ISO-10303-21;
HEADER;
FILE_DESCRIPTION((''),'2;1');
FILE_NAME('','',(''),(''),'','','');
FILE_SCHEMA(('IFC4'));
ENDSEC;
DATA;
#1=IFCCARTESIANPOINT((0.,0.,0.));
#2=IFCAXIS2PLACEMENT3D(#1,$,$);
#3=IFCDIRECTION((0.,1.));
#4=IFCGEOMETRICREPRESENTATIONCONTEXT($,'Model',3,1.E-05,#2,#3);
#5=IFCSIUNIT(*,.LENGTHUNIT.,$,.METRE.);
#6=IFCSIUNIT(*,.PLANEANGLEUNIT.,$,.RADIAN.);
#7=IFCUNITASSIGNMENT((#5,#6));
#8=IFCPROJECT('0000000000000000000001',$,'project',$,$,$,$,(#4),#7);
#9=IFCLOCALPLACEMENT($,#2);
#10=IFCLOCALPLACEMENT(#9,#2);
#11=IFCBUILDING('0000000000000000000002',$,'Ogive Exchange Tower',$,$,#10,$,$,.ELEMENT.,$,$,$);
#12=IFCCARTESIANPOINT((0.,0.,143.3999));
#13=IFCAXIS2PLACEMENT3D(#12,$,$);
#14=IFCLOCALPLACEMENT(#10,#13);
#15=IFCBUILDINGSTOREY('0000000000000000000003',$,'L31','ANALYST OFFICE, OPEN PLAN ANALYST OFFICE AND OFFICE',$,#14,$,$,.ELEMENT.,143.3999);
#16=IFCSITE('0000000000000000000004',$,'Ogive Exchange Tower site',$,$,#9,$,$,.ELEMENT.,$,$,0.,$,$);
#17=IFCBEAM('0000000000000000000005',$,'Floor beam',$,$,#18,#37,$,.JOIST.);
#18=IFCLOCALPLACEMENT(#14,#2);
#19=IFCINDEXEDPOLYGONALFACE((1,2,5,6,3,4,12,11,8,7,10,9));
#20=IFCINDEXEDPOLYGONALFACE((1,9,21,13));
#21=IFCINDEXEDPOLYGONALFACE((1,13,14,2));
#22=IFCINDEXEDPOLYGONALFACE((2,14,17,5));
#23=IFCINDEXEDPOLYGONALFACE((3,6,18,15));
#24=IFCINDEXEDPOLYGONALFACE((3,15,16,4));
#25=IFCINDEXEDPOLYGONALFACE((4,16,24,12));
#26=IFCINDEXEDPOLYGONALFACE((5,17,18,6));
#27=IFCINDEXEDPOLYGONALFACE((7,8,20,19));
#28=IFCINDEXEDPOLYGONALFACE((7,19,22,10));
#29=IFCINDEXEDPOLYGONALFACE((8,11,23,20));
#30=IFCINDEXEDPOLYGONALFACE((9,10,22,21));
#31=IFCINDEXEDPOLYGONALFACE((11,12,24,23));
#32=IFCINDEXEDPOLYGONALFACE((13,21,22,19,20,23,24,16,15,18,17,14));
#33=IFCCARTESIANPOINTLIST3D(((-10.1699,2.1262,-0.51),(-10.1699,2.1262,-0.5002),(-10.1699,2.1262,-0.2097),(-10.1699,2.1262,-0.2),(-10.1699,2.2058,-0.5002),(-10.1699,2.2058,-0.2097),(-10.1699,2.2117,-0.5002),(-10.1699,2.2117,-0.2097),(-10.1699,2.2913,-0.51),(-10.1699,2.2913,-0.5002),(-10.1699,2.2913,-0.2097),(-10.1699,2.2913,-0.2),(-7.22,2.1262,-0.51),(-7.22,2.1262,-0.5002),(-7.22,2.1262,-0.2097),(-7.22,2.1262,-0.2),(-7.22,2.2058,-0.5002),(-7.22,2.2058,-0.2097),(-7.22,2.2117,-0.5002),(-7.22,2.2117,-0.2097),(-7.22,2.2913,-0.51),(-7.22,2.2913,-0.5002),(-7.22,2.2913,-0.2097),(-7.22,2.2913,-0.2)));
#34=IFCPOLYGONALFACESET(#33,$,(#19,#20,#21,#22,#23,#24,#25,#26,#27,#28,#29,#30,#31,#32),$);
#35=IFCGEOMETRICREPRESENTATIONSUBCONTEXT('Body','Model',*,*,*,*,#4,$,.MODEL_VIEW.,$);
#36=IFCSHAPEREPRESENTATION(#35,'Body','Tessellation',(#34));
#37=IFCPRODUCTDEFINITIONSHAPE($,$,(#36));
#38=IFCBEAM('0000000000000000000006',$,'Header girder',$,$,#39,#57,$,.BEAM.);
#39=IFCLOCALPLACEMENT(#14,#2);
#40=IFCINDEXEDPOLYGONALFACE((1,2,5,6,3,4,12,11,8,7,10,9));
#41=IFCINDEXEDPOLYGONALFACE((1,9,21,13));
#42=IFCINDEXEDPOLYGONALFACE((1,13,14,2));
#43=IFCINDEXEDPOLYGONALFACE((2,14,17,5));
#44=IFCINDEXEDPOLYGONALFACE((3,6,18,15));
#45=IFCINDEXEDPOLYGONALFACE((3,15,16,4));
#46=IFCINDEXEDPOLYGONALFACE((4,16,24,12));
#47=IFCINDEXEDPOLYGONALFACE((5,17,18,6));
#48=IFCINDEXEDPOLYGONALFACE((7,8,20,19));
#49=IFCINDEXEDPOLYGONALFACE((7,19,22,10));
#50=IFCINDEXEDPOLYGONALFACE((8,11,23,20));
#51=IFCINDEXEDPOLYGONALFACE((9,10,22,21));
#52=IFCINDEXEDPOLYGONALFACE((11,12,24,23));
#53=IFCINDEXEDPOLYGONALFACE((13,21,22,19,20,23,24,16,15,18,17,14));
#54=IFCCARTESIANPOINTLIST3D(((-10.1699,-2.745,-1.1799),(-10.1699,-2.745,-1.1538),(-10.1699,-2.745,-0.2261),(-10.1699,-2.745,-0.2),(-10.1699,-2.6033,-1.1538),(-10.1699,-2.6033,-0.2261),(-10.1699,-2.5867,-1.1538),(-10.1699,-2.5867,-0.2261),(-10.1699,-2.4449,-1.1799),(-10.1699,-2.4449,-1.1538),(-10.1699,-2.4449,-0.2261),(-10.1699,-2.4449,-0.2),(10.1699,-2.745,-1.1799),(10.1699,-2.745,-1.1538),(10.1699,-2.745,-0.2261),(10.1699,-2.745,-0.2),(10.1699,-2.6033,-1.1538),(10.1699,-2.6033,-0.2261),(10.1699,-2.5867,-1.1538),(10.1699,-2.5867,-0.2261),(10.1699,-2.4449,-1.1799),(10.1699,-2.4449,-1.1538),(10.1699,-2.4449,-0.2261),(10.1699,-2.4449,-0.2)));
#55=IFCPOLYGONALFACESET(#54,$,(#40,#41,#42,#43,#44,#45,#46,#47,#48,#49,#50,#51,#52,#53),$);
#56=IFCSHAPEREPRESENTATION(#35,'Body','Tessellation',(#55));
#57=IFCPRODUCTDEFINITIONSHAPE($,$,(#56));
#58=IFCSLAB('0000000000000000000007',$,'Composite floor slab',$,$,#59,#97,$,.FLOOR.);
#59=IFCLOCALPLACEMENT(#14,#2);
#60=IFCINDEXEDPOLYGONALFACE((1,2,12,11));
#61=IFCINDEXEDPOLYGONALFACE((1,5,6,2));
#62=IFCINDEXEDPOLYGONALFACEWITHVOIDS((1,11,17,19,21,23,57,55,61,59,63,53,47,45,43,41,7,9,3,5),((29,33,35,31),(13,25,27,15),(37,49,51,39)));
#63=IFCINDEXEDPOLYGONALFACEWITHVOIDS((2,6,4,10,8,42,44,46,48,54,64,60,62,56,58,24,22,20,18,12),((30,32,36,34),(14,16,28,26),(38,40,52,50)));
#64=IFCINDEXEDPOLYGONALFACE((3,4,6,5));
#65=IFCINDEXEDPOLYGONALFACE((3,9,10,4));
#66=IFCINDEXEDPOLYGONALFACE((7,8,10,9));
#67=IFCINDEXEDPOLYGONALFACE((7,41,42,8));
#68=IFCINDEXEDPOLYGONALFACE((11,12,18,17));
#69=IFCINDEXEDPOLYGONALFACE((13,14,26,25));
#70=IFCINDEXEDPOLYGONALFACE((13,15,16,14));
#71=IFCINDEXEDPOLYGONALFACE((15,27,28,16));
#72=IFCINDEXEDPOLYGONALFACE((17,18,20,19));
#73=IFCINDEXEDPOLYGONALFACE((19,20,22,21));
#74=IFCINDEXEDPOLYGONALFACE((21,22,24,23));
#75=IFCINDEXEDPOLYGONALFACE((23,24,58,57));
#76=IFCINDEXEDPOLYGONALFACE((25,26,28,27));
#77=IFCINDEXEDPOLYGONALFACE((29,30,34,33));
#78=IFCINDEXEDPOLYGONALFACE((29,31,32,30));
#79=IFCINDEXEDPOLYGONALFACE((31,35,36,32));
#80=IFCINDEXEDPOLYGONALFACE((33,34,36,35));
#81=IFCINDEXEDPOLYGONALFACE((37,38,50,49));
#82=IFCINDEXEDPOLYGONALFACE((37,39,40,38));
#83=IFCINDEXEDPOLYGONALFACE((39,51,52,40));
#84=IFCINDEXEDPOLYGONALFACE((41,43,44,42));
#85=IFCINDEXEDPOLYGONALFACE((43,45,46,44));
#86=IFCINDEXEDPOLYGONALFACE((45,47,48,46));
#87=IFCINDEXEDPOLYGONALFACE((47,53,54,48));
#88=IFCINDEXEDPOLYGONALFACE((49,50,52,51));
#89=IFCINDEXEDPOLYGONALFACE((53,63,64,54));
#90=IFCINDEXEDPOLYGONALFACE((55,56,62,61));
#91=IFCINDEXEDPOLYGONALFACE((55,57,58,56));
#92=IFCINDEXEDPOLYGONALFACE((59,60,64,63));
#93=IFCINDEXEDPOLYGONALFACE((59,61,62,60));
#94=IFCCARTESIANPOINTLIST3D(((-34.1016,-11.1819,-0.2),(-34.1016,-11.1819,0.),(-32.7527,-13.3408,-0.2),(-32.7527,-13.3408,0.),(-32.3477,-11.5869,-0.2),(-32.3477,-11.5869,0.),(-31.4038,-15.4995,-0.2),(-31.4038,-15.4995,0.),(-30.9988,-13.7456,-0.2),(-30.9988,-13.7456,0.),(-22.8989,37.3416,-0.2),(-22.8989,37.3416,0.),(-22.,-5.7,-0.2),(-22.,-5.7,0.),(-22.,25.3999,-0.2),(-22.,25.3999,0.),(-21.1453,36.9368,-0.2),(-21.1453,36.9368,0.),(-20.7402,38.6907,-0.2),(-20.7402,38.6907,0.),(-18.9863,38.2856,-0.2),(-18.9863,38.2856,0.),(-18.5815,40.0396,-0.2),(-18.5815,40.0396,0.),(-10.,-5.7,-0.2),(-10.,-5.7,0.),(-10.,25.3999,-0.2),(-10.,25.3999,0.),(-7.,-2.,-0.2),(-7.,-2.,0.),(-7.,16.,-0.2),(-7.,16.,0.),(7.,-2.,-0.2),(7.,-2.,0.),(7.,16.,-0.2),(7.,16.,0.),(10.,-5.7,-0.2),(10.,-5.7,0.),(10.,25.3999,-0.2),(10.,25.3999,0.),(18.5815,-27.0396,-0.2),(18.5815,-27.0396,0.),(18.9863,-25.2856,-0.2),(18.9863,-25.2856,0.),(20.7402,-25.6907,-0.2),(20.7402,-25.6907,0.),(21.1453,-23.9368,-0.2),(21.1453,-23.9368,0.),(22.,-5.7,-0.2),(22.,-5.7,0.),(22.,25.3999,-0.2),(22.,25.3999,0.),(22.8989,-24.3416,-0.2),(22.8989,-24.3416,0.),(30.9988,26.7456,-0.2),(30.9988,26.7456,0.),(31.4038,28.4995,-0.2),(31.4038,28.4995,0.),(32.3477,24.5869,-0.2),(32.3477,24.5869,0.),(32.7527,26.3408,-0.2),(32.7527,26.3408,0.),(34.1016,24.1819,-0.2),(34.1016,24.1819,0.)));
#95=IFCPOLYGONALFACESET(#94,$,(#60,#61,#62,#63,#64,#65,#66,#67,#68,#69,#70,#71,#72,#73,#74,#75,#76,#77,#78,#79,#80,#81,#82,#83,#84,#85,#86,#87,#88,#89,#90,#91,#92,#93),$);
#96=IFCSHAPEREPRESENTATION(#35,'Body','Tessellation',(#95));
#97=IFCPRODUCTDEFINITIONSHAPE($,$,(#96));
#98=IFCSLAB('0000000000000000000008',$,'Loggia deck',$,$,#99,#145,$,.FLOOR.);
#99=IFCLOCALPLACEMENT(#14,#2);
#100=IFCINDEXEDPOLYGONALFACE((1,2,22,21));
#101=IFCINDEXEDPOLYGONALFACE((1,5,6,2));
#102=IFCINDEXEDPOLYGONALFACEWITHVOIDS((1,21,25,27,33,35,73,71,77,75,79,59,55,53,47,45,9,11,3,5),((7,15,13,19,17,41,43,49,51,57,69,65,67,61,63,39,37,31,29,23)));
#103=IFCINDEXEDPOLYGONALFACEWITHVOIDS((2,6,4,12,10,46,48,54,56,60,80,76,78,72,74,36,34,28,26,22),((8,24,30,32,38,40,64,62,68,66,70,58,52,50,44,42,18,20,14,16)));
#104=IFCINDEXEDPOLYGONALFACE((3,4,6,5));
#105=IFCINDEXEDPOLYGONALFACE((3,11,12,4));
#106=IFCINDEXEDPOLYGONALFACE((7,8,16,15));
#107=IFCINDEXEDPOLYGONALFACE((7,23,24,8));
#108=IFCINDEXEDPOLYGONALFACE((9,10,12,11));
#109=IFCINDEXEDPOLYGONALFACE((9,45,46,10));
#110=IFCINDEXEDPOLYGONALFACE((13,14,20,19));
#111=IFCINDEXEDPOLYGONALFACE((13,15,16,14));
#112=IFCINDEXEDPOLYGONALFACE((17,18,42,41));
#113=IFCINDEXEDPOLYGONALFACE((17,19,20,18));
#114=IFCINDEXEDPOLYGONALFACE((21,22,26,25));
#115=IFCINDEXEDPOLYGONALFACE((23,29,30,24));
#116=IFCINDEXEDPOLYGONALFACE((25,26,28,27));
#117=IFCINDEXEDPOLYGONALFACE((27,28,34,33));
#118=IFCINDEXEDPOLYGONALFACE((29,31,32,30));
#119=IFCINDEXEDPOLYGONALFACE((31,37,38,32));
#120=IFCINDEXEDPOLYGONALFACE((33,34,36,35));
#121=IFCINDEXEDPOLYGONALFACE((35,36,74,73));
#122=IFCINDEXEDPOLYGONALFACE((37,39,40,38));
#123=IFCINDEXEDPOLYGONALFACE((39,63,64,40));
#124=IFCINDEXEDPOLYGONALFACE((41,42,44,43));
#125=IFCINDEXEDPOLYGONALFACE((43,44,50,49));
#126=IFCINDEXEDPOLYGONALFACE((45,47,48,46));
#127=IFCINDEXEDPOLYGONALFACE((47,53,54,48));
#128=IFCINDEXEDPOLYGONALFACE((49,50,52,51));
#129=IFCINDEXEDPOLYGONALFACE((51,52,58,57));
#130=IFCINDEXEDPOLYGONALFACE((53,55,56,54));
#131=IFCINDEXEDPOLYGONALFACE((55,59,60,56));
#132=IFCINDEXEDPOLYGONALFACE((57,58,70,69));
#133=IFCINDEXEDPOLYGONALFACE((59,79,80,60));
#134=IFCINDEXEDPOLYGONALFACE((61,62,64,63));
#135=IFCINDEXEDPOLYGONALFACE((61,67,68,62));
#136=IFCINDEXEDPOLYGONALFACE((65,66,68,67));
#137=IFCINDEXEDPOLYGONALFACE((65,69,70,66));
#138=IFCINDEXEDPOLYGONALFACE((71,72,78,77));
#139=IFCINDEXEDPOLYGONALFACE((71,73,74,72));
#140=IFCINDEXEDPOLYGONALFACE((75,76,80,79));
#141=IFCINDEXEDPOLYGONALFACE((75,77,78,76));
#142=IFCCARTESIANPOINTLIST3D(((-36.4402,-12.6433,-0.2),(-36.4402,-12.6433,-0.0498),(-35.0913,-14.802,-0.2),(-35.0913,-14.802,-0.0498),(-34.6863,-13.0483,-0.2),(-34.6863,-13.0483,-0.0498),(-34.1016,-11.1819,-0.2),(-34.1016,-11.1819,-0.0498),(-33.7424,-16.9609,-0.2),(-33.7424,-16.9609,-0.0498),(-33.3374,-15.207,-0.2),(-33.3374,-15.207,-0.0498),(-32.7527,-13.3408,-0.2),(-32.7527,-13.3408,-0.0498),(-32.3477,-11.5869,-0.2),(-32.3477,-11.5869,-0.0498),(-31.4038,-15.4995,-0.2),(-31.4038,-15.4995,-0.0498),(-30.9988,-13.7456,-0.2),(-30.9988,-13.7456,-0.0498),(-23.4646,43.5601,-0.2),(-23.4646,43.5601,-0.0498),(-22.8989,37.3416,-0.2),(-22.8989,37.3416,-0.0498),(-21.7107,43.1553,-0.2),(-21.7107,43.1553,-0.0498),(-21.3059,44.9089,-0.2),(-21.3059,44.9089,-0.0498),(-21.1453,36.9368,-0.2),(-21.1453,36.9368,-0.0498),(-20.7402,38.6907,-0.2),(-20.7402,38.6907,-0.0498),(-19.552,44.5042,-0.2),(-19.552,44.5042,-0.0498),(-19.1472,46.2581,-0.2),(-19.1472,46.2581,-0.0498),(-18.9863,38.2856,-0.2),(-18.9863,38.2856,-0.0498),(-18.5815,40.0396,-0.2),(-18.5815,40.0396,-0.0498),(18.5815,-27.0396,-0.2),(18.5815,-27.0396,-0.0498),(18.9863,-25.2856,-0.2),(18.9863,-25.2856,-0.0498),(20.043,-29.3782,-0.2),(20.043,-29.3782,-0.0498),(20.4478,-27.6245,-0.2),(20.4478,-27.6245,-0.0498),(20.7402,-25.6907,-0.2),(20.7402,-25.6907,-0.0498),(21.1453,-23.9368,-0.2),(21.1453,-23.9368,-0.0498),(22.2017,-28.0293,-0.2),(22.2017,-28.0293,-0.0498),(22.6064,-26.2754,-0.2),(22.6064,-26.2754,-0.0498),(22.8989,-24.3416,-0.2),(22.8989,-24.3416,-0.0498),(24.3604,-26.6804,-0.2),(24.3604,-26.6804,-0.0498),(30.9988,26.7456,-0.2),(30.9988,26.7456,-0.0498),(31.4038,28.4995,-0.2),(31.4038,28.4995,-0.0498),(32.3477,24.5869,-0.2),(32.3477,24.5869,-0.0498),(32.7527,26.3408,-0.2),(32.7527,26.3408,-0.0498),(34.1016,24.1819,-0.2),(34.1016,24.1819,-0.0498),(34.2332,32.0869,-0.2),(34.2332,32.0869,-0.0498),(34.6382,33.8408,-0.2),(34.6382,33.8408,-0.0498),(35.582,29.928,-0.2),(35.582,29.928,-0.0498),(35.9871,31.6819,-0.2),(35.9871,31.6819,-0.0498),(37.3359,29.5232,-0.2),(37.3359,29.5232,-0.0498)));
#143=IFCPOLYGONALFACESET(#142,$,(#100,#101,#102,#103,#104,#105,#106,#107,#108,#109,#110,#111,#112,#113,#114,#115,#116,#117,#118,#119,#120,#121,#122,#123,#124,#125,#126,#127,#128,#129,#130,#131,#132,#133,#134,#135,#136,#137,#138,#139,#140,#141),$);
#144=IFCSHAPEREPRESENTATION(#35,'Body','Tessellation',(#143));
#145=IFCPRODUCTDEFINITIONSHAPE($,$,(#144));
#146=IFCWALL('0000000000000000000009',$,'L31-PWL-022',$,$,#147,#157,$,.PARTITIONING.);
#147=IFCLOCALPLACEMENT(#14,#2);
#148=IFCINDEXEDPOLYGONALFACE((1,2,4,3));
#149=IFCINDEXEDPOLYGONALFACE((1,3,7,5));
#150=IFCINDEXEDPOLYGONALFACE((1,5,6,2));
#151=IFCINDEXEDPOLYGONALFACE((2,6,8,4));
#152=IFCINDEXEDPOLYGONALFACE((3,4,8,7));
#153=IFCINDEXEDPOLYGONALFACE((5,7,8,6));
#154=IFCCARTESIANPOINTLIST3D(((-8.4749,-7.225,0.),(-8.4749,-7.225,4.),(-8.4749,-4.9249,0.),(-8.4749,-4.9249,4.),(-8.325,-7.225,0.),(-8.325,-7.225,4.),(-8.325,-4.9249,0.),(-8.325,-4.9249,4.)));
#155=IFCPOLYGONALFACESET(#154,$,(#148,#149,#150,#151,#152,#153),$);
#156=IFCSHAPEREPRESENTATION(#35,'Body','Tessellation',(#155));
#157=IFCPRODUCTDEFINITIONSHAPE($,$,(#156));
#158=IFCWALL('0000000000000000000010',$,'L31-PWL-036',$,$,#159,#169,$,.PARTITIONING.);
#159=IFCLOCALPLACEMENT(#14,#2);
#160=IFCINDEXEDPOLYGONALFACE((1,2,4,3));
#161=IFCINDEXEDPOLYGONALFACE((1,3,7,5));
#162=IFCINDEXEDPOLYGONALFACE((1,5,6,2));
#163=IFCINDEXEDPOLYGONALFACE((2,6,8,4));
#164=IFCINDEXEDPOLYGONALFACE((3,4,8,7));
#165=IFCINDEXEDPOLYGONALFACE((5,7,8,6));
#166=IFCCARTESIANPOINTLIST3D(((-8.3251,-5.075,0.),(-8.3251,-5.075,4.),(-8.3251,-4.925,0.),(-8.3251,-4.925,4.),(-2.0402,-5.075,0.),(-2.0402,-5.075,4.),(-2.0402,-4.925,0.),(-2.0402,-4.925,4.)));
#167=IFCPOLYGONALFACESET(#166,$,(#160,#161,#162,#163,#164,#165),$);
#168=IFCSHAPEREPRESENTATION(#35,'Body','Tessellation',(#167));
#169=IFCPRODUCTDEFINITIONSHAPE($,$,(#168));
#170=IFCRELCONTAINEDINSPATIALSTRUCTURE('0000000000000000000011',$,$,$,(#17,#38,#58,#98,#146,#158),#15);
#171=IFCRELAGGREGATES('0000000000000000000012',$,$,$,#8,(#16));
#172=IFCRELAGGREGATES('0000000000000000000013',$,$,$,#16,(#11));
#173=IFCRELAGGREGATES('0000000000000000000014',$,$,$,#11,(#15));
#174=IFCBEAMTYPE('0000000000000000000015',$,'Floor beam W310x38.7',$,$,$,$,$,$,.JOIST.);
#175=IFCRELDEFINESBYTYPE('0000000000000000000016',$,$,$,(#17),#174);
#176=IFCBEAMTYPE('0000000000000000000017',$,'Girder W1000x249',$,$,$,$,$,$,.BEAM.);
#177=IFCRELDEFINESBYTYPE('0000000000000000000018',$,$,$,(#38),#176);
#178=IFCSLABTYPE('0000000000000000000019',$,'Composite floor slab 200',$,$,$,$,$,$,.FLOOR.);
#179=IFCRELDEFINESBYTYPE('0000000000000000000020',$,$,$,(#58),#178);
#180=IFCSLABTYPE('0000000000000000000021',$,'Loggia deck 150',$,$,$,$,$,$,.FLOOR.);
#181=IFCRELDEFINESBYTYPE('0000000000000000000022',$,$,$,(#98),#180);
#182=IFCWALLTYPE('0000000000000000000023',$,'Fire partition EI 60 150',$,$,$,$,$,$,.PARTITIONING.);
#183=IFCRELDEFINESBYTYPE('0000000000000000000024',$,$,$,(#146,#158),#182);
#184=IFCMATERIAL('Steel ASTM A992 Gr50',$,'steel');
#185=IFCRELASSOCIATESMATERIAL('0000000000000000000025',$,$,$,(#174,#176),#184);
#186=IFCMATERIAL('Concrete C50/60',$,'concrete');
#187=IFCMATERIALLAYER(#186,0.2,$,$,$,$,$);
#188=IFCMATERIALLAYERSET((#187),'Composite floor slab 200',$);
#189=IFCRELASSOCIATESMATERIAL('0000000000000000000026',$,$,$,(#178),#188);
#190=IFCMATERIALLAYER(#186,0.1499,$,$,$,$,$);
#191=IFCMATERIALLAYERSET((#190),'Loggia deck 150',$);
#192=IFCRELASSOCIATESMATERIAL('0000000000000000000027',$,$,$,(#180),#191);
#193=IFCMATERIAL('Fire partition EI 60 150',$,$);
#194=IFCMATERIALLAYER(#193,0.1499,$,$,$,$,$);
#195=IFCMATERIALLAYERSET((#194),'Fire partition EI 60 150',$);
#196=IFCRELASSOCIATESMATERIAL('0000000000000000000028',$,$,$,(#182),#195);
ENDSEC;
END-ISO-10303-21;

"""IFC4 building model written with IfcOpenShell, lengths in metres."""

from ifc_helpers import new_model, si_unit, direction, frame, frame_2d, origin, origin_2d, place, context, subcontext, project, spatial, polyline, rectangle, i_section, outline, extrude, material, layer, layer_set, material_profile, profile_set, type_object, element, save


model = new_model("IFC4")

# Units and contexts
model_context = context("Model", 3, precision=1e-05, world=origin(), true_north=direction((0.0, 1.0)))
body_context = subcontext(model_context, "Body", "Model", "MODEL_VIEW")
ifc_project = project(units=[si_unit("LENGTHUNIT", "METRE"), si_unit("PLANEANGLEUNIT", "RADIAN")], contexts=[model_context])

# Site, building, storey
site_placement = place(None, origin())
site = spatial("IfcSite", under=ifc_project, at=site_placement, Name="Ogive Exchange Tower site", CompositionType="ELEMENT", RefElevation=0.0)
building_placement = place(site_placement, origin())
building = spatial("IfcBuilding", under=site, at=building_placement, Name="Ogive Exchange Tower", CompositionType="ELEMENT")
storey_placement = place(building_placement, frame((0.0, 0.0, 143.3999)))
storey = spatial("IfcBuildingStorey", under=building, at=storey_placement, Name="L31", Description="ANALYST OFFICE, OPEN PLAN ANALYST OFFICE AND OFFICE", CompositionType="ELEMENT", Elevation=143.3999)

# Beams
ifc_material_1 = material(Name="Steel ASTM A992 Gr50", Category="steel")
ifc_material_profile_1 = material_profile(ifc_material_1, i_section(OverallWidth=0.165, OverallDepth=0.3101, WebThickness=0.0059, FlangeThickness=0.0098, at=origin_2d()), Name="W310x38.7")
ifc_profile_set_1 = profile_set([ifc_material_profile_1], Name="Steel ASTM A992 Gr50")
beam_type_1 = type_object("IfcBeamType", Name="Floor beam W310x38.7", PredefinedType="JOIST", material=ifc_profile_set_1)
beam_1_placement = place(storey_placement, frame((-10.1699, 2.2087, -0.355), z_axis=(1.0, 0.0, 0.0), x_axis=(0.0, 1.0, 0.0)))
element("IfcBeam", 1, at=beam_1_placement, inside=storey, type_object=beam_type_1, Name="Floor beam", PredefinedType="JOIST", context=body_context, shape_type="SweptSolid", body=[
    extrude(i_section(OverallWidth=0.165, OverallDepth=0.3101, WebThickness=0.0059, FlangeThickness=0.0098, at=origin_2d()), origin(), (0.0, 0.0, 1.0), 2.95),
])
ifc_material_profile_2 = material_profile(ifc_material_1, i_section(OverallWidth=0.3, OverallDepth=0.98, WebThickness=0.0166, FlangeThickness=0.0261, at=origin_2d()), Name="W1000x249")
ifc_profile_set_2 = profile_set([ifc_material_profile_2], Name="Steel ASTM A992 Gr50")
beam_type_2 = type_object("IfcBeamType", Name="Girder W1000x249", PredefinedType="BEAM", material=ifc_profile_set_2)
beam_2_placement = place(storey_placement, frame((-10.1699, -2.595, -0.6899), z_axis=(1.0, 0.0, 0.0), x_axis=(0.0, 1.0, 0.0)))
element("IfcBeam", 2, at=beam_2_placement, inside=storey, type_object=beam_type_2, Name="Header girder", PredefinedType="BEAM", context=body_context, shape_type="SweptSolid", body=[
    extrude(i_section(OverallWidth=0.3, OverallDepth=0.98, WebThickness=0.0166, FlangeThickness=0.0261, at=origin_2d()), origin(), (0.0, 0.0, 1.0), 20.3398),
])

# Slabs
ifc_material_2 = material(Name="Concrete C50/60", Category="concrete")
ifc_layer_1 = layer(ifc_material_2, 0.2)
ifc_layer_set_1 = layer_set([ifc_layer_1], Name="Composite floor slab 200")
slab_type_1 = type_object("IfcSlabType", Name="Composite floor slab 200", PredefinedType="FLOOR", material=ifc_layer_set_1)
slab_1_placement = place(storey_placement, frame((0.0, 0.0, -0.2)))
element("IfcSlab", 3, at=slab_1_placement, inside=storey, type_object=slab_type_1, Name="Composite floor slab", PredefinedType="FLOOR", context=body_context, shape_type="SweptSolid", body=[
    extrude(outline(polyline([(-30.9988, -13.7456), (-32.7527, -13.3408), (-32.3477, -11.5869), (-34.1016, -11.1819), (-22.8989, 37.3416), (-21.1453, 36.9368), (-20.7402, 38.6907), (-18.9863, 38.2856), (-18.5815, 40.0396), (31.4038, 28.4995), (30.9988, 26.7456), (32.7527, 26.3408), (32.3477, 24.5869), (34.1016, 24.1819), (22.8989, -24.3416), (21.1453, -23.9368), (20.7402, -25.6907), (18.9863, -25.2856), (18.5815, -27.0396), (-31.4038, -15.4995), (-30.9988, -13.7456)]), holes=[polyline([(7.0, -2.0), (7.0, 16.0), (-7.0, 16.0), (-7.0, -2.0), (7.0, -2.0)]), polyline([(-22.0, -5.7), (-10.0, -5.7), (-10.0, 25.3999), (-22.0, 25.3999), (-22.0, -5.7)]), polyline([(10.0, -5.7), (22.0, -5.7), (22.0, 25.3999), (10.0, 25.3999), (10.0, -5.7)])]), origin(), (0.0, 0.0, 1.0), 0.2),
])
ifc_layer_2 = layer(ifc_material_2, 0.1499)
ifc_layer_set_2 = layer_set([ifc_layer_2], Name="Loggia deck 150")
slab_type_2 = type_object("IfcSlabType", Name="Loggia deck 150", PredefinedType="FLOOR", material=ifc_layer_set_2)
slab_2_placement = place(storey_placement, frame((0.0, 0.0, -0.2)))
element("IfcSlab", 4, at=slab_2_placement, inside=storey, type_object=slab_type_2, Name="Loggia deck", PredefinedType="FLOOR", context=body_context, shape_type="SweptSolid", body=[
    extrude(outline(polyline([(-33.3374, -15.207), (-35.0913, -14.802), (-34.6863, -13.0483), (-36.4402, -12.6433), (-23.4646, 43.5601), (-21.7107, 43.1553), (-21.3059, 44.9089), (-19.552, 44.5042), (-19.1472, 46.2581), (34.6382, 33.8408), (34.2332, 32.0869), (35.9871, 31.6819), (35.582, 29.928), (37.3359, 29.5232), (24.3604, -26.6804), (22.6064, -26.2754), (22.2017, -28.0293), (20.4478, -27.6245), (20.043, -29.3782), (-33.7424, -16.9609), (-33.3374, -15.207)]), holes=[polyline([(18.9863, -25.2856), (20.7402, -25.6907), (21.1453, -23.9368), (22.8989, -24.3416), (34.1016, 24.1819), (32.3477, 24.5869), (32.7527, 26.3408), (30.9988, 26.7456), (31.4038, 28.4995), (-18.5815, 40.0396), (-18.9863, 38.2856), (-20.7402, 38.6907), (-21.1453, 36.9368), (-22.8989, 37.3416), (-34.1016, -11.1819), (-32.3477, -11.5869), (-32.7527, -13.3408), (-30.9988, -13.7456), (-31.4038, -15.4995), (18.5815, -27.0396), (18.9863, -25.2856)])]), origin(), (0.0, 0.0, 1.0), 0.1501),
])

# Walls
ifc_material_3 = material(Name="Fire partition EI 60 150")
ifc_layer_3 = layer(ifc_material_3, 0.1499)
ifc_layer_set_3 = layer_set([ifc_layer_3], Name="Fire partition EI 60 150")
wall_type_1 = type_object("IfcWallType", Name="Fire partition EI 60 150", PredefinedType="PARTITIONING", material=ifc_layer_set_3)
wall_1_placement = place(storey_placement, frame((-8.3999, -4.925, 0.0), z_axis=(0.0, 0.0, 1.0), x_axis=(0.0, -1.0, 0.0)))
element("IfcWall", 5, at=wall_1_placement, inside=storey, type_object=wall_type_1, Name="L31-PWL-022", PredefinedType="PARTITIONING", context=body_context, shape_type="SweptSolid", body=[
    extrude(rectangle(XDim=2.3, YDim=0.1499, at=frame_2d((1.1499, 0.0))), origin(), (0.0, 0.0, 1.0), 4.0),
])
wall_2_placement = place(storey_placement, frame((-2.04, -5.0, 0.0), z_axis=(0.0, 0.0, 1.0), x_axis=(-1.0, 0.0, 0.0)))
element("IfcWall", 6, at=wall_2_placement, inside=storey, type_object=wall_type_1, Name="L31-PWL-036", PredefinedType="PARTITIONING", context=body_context, shape_type="SweptSolid", body=[
    extrude(rectangle(XDim=6.2849, YDim=0.1499, at=frame_2d((3.1426, 0.0))), origin(), (0.0, 0.0, 1.0), 4.0),
])

save(model, "model.ifc")
